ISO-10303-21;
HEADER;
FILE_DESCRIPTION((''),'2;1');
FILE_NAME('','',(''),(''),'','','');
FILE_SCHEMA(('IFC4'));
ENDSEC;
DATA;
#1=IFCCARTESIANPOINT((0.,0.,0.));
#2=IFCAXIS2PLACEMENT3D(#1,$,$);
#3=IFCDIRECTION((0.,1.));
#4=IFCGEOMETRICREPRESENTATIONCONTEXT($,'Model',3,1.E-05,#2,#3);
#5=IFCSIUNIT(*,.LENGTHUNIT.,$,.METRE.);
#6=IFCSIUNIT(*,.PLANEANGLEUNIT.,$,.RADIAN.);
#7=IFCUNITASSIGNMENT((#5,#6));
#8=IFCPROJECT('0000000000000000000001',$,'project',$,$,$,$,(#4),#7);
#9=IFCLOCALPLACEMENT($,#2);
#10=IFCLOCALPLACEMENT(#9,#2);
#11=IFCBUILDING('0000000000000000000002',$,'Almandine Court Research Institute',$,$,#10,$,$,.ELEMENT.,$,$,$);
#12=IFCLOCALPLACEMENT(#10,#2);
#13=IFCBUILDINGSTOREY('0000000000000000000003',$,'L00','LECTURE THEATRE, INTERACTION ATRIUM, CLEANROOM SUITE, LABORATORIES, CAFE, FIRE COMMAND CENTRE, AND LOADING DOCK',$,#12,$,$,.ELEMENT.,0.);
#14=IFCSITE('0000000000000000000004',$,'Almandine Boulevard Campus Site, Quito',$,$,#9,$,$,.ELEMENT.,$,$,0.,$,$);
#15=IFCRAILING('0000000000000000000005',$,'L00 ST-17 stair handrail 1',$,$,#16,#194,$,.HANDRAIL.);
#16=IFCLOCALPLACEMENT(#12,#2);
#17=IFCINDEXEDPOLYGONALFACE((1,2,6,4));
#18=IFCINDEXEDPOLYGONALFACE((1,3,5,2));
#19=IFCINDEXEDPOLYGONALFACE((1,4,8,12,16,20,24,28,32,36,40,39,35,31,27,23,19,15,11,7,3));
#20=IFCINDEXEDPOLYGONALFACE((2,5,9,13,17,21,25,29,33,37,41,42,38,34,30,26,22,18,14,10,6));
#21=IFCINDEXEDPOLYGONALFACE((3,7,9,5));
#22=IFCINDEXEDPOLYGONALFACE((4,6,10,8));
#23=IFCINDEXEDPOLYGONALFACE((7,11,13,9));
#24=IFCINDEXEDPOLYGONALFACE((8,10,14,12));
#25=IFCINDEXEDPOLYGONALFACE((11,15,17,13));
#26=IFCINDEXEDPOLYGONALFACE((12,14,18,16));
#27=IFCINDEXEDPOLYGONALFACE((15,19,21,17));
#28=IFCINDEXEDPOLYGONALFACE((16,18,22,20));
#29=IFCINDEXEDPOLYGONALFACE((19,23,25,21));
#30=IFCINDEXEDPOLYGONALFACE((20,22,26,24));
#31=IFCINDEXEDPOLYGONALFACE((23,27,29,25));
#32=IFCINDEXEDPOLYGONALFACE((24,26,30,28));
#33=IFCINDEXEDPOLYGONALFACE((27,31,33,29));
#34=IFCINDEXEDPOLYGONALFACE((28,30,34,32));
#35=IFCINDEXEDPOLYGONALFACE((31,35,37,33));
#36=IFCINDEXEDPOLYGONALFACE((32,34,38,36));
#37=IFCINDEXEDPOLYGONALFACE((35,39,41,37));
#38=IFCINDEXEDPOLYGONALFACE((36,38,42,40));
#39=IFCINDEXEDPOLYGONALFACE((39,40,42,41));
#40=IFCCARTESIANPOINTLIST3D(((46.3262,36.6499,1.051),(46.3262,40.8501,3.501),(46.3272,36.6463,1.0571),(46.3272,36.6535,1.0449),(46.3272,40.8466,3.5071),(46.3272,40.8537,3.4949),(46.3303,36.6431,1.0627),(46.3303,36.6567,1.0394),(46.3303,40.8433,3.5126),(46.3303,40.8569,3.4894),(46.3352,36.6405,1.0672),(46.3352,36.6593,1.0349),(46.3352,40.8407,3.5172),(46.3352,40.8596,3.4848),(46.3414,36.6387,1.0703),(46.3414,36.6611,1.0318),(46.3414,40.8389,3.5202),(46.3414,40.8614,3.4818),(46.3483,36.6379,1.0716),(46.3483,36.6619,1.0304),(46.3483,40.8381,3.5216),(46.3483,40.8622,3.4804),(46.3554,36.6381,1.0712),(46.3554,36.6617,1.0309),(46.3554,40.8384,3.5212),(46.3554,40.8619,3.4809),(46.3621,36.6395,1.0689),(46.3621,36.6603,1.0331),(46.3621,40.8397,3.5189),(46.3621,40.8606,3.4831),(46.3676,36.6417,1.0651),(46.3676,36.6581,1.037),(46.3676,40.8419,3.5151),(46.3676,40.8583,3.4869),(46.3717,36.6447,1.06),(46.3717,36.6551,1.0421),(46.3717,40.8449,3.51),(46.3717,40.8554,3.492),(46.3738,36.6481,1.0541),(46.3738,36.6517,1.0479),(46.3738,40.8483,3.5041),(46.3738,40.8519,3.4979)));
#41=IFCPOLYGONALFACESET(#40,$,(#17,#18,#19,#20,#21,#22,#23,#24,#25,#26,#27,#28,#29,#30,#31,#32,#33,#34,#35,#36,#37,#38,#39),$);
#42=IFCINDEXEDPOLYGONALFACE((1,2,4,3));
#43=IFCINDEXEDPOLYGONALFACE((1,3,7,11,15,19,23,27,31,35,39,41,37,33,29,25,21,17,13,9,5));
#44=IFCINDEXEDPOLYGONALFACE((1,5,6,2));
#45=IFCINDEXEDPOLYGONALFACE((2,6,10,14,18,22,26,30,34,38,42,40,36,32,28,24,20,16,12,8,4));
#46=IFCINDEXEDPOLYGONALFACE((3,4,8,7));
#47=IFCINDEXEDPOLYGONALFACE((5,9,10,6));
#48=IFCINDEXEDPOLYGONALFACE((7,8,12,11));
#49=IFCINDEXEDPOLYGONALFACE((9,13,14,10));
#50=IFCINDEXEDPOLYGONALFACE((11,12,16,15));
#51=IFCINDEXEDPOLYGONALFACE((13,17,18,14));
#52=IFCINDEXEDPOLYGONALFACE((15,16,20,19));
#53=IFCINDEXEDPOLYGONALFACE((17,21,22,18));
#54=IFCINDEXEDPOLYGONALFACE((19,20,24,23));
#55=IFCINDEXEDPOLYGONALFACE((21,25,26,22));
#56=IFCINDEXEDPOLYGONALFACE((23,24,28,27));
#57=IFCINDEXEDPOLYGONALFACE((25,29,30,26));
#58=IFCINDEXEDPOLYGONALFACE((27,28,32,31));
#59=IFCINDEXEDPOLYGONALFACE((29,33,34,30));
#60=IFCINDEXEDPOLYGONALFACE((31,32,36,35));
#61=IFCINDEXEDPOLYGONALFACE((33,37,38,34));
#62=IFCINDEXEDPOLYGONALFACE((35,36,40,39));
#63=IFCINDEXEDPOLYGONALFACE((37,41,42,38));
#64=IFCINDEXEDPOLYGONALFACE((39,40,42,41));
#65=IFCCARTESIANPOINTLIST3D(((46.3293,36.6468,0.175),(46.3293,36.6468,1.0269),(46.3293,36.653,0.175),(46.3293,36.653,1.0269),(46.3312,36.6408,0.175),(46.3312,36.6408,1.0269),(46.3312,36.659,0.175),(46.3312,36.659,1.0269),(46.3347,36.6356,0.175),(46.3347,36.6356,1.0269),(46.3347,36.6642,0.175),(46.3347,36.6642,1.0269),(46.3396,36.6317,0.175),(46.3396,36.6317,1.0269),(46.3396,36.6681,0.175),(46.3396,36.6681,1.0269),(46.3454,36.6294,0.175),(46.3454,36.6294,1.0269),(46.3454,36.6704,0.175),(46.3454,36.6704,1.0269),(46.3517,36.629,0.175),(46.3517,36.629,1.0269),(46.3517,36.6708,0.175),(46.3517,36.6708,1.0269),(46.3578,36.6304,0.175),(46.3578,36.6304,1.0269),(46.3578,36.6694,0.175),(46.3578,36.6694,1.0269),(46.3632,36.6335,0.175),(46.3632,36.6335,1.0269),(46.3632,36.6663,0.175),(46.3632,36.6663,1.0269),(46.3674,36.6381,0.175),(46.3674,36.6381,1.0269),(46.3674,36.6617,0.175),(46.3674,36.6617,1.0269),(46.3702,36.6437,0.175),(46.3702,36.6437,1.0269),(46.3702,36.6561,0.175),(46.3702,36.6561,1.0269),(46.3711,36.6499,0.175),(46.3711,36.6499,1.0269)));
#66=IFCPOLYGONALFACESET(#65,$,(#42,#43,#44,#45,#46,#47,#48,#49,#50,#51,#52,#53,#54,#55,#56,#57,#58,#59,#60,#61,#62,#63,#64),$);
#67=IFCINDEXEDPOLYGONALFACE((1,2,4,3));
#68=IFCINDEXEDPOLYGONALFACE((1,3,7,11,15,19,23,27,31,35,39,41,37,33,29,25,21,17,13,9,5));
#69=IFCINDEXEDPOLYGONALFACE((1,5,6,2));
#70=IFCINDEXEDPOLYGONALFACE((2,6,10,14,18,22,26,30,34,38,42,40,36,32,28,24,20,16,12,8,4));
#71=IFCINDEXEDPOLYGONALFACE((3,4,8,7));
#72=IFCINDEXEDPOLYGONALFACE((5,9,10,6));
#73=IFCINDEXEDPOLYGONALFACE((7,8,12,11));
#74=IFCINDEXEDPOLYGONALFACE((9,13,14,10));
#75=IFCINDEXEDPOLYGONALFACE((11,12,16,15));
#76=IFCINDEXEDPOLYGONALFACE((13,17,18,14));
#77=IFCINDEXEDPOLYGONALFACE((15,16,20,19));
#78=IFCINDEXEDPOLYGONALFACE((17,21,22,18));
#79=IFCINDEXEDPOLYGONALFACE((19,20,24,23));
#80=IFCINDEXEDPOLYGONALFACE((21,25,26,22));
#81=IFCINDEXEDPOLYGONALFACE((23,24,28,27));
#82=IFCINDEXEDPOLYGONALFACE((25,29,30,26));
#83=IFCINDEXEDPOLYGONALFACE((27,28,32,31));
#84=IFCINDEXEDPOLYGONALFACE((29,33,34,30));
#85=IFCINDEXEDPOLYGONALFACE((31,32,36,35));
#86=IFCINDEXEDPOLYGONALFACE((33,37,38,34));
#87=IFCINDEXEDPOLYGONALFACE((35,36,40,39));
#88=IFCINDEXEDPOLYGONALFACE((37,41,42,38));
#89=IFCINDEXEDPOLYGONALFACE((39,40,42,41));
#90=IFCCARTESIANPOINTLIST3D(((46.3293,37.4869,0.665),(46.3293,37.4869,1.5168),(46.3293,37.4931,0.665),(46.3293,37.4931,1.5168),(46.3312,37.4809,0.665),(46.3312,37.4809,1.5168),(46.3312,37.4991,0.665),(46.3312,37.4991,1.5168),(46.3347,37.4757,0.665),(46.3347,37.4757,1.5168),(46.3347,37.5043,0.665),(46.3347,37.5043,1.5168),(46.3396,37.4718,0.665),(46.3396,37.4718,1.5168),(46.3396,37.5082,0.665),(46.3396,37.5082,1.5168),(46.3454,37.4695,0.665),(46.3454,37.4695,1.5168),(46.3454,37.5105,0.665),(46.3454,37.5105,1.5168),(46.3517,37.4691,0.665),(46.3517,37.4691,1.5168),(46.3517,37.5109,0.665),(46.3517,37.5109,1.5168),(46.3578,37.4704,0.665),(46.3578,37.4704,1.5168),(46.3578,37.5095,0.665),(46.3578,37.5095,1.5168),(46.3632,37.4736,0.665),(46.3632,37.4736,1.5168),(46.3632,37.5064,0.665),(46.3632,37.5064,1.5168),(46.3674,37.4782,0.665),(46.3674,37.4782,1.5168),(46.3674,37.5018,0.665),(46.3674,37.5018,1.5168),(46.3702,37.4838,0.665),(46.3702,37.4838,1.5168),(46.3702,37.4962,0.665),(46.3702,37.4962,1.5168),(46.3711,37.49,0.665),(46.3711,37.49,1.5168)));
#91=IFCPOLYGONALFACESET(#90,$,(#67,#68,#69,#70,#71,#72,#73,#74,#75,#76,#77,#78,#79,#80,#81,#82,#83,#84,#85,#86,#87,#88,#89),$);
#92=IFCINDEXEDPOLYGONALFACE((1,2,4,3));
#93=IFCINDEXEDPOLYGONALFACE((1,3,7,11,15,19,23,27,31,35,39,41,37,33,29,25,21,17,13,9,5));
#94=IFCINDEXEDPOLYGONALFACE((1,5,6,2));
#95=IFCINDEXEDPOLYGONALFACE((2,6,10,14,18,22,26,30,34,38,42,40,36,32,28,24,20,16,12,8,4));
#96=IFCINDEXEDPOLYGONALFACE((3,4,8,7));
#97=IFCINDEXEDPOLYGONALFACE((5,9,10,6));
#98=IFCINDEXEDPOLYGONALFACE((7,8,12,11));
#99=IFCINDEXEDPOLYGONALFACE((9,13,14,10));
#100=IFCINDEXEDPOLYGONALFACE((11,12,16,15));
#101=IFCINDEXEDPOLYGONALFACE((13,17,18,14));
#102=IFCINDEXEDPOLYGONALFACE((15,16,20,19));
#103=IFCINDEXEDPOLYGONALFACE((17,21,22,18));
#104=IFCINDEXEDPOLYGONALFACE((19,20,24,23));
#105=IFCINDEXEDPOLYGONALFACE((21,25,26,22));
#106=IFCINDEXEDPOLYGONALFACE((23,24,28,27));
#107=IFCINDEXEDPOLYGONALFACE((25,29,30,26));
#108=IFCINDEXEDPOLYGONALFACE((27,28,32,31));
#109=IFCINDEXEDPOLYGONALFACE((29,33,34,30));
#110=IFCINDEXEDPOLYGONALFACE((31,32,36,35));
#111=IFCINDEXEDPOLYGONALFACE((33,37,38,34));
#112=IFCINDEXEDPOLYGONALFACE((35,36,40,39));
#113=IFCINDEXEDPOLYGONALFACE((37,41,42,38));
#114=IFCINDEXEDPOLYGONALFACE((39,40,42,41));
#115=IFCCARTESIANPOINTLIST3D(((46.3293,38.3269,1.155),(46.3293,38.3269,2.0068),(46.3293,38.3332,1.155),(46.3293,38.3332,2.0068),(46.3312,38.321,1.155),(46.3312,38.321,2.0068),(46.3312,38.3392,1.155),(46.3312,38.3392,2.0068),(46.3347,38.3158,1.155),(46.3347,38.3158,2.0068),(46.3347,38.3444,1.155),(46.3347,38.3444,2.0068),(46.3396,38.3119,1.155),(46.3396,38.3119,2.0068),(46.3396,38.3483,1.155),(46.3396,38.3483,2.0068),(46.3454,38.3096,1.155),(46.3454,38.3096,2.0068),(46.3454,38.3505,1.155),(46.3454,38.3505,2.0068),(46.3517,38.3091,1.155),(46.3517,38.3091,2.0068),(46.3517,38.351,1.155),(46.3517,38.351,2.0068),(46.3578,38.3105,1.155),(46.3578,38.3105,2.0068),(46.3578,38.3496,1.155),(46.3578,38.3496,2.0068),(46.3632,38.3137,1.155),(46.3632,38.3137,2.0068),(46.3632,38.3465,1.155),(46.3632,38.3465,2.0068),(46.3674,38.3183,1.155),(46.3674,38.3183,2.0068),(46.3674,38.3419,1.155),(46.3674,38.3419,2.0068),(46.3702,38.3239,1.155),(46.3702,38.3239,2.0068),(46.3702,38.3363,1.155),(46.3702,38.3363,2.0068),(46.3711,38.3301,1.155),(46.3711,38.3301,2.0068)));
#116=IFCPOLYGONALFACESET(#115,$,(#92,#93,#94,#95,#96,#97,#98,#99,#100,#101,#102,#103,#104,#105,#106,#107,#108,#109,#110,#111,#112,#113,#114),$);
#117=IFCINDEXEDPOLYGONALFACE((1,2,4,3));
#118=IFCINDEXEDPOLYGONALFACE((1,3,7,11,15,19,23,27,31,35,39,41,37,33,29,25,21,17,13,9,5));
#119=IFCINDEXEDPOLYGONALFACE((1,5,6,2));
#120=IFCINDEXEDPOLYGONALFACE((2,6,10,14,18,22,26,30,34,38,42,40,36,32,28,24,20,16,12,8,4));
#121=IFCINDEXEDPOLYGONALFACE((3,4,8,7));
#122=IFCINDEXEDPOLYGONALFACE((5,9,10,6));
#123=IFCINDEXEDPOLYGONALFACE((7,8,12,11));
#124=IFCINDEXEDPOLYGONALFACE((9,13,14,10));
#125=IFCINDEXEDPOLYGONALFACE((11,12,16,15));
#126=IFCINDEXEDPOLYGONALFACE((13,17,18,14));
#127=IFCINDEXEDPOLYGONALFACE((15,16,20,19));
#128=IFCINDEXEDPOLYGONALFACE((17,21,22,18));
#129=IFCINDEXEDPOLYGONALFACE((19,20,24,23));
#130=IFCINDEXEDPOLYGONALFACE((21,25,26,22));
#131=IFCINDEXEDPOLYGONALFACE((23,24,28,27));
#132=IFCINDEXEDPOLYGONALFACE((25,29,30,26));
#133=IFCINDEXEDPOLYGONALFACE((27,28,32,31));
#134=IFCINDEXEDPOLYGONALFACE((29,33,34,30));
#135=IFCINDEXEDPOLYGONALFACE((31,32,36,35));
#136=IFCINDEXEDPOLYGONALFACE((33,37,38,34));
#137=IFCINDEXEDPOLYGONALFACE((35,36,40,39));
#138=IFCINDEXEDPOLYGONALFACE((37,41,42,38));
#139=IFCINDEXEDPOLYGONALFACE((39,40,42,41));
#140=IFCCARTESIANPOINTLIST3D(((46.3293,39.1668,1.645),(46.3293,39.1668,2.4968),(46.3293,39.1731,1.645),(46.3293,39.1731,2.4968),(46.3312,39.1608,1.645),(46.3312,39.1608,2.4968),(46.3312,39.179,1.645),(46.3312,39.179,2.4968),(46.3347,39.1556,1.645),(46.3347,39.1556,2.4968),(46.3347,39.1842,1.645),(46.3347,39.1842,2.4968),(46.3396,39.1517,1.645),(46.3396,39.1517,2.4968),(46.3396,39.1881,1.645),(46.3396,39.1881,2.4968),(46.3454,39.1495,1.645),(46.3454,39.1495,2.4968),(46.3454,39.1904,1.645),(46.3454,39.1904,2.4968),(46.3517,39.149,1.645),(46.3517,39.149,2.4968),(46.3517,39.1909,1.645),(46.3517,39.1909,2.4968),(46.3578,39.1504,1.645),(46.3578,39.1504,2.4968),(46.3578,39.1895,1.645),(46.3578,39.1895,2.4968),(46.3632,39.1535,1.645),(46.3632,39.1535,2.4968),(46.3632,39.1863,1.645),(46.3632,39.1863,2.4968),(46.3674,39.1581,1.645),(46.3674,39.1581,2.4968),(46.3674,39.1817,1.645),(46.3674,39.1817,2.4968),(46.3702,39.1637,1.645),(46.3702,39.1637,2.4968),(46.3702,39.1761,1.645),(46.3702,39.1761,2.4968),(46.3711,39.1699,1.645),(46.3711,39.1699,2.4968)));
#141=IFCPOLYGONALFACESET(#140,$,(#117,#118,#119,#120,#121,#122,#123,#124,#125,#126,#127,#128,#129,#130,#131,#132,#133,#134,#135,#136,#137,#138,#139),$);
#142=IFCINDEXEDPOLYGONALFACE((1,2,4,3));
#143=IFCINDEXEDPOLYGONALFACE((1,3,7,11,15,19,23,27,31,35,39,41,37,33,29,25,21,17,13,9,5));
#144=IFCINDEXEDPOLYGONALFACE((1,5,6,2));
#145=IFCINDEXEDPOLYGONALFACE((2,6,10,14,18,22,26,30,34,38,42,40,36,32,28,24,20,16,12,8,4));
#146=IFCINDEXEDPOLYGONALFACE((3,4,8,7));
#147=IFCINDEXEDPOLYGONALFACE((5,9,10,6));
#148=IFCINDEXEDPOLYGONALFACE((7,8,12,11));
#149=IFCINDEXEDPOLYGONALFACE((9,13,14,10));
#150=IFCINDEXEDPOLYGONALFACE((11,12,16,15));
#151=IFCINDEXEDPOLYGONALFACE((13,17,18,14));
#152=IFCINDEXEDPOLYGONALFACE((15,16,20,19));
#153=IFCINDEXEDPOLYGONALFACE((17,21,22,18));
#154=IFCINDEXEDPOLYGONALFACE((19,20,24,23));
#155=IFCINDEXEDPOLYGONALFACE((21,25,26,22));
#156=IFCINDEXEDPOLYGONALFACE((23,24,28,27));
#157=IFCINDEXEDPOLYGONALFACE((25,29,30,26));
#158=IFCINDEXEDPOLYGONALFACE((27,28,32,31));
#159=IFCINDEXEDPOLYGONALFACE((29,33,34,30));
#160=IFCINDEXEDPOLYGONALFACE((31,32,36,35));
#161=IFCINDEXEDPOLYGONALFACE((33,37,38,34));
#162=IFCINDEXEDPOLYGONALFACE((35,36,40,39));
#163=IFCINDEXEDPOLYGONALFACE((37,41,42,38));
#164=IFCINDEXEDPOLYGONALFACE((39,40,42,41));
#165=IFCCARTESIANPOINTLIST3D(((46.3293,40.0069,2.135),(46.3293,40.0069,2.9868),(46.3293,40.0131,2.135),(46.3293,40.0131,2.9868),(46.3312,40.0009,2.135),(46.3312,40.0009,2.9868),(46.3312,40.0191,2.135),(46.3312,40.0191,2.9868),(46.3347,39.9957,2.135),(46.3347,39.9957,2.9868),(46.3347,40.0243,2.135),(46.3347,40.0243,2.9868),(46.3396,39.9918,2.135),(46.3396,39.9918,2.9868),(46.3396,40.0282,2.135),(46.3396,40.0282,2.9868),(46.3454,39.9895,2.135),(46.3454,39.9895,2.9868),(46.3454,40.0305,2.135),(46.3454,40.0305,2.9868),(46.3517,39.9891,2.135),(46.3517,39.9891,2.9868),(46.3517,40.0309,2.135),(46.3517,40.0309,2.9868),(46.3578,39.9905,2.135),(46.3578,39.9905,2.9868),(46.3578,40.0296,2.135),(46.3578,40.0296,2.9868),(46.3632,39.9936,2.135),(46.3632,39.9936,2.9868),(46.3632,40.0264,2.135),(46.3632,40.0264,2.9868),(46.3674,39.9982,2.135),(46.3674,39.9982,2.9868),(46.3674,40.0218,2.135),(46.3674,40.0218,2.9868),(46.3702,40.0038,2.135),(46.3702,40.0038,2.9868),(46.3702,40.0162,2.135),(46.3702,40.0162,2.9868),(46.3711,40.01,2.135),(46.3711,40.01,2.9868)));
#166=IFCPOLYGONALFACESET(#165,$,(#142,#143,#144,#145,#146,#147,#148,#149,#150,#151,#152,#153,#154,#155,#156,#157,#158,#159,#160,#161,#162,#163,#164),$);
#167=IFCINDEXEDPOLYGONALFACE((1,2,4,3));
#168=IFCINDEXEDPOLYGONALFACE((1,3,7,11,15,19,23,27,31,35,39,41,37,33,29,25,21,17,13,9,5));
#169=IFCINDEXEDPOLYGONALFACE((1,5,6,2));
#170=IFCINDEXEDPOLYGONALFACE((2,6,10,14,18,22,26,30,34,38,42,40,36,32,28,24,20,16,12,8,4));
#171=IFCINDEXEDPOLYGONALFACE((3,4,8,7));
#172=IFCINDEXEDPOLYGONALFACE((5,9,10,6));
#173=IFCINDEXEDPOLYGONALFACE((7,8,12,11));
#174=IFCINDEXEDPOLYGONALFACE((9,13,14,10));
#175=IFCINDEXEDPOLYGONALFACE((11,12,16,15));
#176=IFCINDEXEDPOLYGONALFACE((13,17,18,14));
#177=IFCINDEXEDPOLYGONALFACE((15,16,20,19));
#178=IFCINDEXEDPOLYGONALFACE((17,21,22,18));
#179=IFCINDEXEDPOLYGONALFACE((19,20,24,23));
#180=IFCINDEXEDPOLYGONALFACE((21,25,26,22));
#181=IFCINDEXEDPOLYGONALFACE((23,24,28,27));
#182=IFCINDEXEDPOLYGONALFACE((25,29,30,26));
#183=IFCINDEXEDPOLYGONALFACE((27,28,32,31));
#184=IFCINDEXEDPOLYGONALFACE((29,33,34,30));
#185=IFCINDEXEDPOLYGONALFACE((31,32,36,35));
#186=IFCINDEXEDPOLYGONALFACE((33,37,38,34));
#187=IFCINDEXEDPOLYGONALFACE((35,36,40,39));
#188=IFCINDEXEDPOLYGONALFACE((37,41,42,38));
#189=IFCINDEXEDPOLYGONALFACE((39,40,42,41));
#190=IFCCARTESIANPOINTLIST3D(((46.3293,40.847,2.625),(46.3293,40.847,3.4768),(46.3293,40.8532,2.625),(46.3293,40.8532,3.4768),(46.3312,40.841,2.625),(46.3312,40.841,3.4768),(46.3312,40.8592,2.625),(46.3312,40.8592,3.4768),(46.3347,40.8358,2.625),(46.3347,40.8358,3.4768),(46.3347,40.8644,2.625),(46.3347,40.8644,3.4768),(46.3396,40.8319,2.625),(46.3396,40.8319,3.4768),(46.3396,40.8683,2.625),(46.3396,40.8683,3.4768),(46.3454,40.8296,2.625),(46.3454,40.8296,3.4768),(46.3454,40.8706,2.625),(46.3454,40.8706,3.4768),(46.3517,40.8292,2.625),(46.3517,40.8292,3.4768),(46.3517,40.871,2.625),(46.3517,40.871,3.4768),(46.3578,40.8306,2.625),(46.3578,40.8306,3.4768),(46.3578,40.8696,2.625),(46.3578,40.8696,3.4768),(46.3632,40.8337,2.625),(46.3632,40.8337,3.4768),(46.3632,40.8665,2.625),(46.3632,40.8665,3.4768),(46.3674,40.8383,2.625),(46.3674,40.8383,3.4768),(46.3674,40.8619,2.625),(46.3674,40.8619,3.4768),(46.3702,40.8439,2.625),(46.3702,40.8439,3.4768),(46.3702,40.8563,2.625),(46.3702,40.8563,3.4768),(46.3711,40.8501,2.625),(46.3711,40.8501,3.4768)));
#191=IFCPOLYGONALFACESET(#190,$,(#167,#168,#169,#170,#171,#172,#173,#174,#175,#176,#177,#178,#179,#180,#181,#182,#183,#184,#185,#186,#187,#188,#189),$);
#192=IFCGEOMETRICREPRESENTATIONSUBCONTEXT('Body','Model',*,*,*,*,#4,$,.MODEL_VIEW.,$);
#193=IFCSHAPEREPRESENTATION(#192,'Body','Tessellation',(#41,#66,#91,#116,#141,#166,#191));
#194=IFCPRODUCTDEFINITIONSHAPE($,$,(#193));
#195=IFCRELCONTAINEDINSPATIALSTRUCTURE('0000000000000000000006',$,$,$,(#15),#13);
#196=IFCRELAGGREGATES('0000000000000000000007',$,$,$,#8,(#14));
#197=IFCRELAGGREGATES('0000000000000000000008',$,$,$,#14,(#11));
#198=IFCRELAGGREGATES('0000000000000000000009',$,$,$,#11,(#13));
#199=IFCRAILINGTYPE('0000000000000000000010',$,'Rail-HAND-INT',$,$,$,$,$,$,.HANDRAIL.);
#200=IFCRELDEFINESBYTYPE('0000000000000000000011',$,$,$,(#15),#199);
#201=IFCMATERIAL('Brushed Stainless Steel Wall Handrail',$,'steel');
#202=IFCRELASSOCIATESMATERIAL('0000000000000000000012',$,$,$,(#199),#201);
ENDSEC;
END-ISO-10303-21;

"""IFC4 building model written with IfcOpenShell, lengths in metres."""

from ifc_helpers import new_model, si_unit, direction, frame, origin, origin_2d, place, context, subcontext, project, spatial, circle, extrude, material, type_object, element, save


model = new_model("IFC4")

# Units and contexts
model_context = context("Model", 3, precision=1e-05, world=origin(), true_north=direction((0.0, 1.0)))
body_context = subcontext(model_context, "Body", "Model", "MODEL_VIEW")
ifc_project = project(units=[si_unit("LENGTHUNIT", "METRE"), si_unit("PLANEANGLEUNIT", "RADIAN")], contexts=[model_context])

# Site, building, storey
site_placement = place(None, origin())
site = spatial("IfcSite", under=ifc_project, at=site_placement, Name="Almandine Boulevard Campus Site, Quito", CompositionType="ELEMENT", RefElevation=0.0)
building_placement = place(site_placement, origin())
building = spatial("IfcBuilding", under=site, at=building_placement, Name="Almandine Court Research Institute", CompositionType="ELEMENT")
storey_placement = place(building_placement, origin())
storey = spatial("IfcBuildingStorey", under=building, at=storey_placement, Name="L00", Description="LECTURE THEATRE, INTERACTION ATRIUM, CLEANROOM SUITE, LABORATORIES, CAFE, FIRE COMMAND CENTRE, AND LOADING DOCK", CompositionType="ELEMENT", Elevation=0.0)

# Railing
ifc_material_1 = material(Name="Brushed Stainless Steel Wall Handrail", Category="steel")
railing_type_1 = type_object("IfcRailingType", Name="Rail-HAND-INT", PredefinedType="HANDRAIL", material=ifc_material_1)
railing_1_placement = place(storey_placement, frame((46.3501, 36.6499, 0.175)))
element("IfcRailing", 1, at=railing_1_placement, inside=storey, type_object=railing_type_1, Name="L00 ST-17 stair handrail 1", PredefinedType="HANDRAIL", context=body_context, shape_type="SweptSolid", body=[
    extrude(circle(Radius=0.0239, at=origin_2d()), frame((0.0, 0.0, 0.876), z_axis=(0.0, 0.863793, 0.503846), x_axis=(-1.0, 0.0, 0.0)), (0.0, 0.0, 1.0), 4.8625),
    extrude(circle(Radius=0.021, at=origin_2d()), origin(), (0.0, 0.0, 1.0), 0.8518),
    extrude(circle(Radius=0.021, at=origin_2d()), frame((0.0, 0.8401, 0.49)), (0.0, 0.0, 1.0), 0.8518),
    extrude(circle(Radius=0.021, at=origin_2d()), frame((0.0, 1.6802, 0.98)), (0.0, 0.0, 1.0), 0.8518),
    extrude(circle(Radius=0.021, at=origin_2d()), frame((0.0, 2.52, 1.47)), (0.0, 0.0, 1.0), 0.8518),
    extrude(circle(Radius=0.021, at=origin_2d()), frame((0.0, 3.3601, 1.96)), (0.0, 0.0, 1.0), 0.8518),
    extrude(circle(Radius=0.021, at=origin_2d()), frame((0.0, 4.2002, 2.45)), (0.0, 0.0, 1.0), 0.8518),
])

save(model, "model.ifc")
